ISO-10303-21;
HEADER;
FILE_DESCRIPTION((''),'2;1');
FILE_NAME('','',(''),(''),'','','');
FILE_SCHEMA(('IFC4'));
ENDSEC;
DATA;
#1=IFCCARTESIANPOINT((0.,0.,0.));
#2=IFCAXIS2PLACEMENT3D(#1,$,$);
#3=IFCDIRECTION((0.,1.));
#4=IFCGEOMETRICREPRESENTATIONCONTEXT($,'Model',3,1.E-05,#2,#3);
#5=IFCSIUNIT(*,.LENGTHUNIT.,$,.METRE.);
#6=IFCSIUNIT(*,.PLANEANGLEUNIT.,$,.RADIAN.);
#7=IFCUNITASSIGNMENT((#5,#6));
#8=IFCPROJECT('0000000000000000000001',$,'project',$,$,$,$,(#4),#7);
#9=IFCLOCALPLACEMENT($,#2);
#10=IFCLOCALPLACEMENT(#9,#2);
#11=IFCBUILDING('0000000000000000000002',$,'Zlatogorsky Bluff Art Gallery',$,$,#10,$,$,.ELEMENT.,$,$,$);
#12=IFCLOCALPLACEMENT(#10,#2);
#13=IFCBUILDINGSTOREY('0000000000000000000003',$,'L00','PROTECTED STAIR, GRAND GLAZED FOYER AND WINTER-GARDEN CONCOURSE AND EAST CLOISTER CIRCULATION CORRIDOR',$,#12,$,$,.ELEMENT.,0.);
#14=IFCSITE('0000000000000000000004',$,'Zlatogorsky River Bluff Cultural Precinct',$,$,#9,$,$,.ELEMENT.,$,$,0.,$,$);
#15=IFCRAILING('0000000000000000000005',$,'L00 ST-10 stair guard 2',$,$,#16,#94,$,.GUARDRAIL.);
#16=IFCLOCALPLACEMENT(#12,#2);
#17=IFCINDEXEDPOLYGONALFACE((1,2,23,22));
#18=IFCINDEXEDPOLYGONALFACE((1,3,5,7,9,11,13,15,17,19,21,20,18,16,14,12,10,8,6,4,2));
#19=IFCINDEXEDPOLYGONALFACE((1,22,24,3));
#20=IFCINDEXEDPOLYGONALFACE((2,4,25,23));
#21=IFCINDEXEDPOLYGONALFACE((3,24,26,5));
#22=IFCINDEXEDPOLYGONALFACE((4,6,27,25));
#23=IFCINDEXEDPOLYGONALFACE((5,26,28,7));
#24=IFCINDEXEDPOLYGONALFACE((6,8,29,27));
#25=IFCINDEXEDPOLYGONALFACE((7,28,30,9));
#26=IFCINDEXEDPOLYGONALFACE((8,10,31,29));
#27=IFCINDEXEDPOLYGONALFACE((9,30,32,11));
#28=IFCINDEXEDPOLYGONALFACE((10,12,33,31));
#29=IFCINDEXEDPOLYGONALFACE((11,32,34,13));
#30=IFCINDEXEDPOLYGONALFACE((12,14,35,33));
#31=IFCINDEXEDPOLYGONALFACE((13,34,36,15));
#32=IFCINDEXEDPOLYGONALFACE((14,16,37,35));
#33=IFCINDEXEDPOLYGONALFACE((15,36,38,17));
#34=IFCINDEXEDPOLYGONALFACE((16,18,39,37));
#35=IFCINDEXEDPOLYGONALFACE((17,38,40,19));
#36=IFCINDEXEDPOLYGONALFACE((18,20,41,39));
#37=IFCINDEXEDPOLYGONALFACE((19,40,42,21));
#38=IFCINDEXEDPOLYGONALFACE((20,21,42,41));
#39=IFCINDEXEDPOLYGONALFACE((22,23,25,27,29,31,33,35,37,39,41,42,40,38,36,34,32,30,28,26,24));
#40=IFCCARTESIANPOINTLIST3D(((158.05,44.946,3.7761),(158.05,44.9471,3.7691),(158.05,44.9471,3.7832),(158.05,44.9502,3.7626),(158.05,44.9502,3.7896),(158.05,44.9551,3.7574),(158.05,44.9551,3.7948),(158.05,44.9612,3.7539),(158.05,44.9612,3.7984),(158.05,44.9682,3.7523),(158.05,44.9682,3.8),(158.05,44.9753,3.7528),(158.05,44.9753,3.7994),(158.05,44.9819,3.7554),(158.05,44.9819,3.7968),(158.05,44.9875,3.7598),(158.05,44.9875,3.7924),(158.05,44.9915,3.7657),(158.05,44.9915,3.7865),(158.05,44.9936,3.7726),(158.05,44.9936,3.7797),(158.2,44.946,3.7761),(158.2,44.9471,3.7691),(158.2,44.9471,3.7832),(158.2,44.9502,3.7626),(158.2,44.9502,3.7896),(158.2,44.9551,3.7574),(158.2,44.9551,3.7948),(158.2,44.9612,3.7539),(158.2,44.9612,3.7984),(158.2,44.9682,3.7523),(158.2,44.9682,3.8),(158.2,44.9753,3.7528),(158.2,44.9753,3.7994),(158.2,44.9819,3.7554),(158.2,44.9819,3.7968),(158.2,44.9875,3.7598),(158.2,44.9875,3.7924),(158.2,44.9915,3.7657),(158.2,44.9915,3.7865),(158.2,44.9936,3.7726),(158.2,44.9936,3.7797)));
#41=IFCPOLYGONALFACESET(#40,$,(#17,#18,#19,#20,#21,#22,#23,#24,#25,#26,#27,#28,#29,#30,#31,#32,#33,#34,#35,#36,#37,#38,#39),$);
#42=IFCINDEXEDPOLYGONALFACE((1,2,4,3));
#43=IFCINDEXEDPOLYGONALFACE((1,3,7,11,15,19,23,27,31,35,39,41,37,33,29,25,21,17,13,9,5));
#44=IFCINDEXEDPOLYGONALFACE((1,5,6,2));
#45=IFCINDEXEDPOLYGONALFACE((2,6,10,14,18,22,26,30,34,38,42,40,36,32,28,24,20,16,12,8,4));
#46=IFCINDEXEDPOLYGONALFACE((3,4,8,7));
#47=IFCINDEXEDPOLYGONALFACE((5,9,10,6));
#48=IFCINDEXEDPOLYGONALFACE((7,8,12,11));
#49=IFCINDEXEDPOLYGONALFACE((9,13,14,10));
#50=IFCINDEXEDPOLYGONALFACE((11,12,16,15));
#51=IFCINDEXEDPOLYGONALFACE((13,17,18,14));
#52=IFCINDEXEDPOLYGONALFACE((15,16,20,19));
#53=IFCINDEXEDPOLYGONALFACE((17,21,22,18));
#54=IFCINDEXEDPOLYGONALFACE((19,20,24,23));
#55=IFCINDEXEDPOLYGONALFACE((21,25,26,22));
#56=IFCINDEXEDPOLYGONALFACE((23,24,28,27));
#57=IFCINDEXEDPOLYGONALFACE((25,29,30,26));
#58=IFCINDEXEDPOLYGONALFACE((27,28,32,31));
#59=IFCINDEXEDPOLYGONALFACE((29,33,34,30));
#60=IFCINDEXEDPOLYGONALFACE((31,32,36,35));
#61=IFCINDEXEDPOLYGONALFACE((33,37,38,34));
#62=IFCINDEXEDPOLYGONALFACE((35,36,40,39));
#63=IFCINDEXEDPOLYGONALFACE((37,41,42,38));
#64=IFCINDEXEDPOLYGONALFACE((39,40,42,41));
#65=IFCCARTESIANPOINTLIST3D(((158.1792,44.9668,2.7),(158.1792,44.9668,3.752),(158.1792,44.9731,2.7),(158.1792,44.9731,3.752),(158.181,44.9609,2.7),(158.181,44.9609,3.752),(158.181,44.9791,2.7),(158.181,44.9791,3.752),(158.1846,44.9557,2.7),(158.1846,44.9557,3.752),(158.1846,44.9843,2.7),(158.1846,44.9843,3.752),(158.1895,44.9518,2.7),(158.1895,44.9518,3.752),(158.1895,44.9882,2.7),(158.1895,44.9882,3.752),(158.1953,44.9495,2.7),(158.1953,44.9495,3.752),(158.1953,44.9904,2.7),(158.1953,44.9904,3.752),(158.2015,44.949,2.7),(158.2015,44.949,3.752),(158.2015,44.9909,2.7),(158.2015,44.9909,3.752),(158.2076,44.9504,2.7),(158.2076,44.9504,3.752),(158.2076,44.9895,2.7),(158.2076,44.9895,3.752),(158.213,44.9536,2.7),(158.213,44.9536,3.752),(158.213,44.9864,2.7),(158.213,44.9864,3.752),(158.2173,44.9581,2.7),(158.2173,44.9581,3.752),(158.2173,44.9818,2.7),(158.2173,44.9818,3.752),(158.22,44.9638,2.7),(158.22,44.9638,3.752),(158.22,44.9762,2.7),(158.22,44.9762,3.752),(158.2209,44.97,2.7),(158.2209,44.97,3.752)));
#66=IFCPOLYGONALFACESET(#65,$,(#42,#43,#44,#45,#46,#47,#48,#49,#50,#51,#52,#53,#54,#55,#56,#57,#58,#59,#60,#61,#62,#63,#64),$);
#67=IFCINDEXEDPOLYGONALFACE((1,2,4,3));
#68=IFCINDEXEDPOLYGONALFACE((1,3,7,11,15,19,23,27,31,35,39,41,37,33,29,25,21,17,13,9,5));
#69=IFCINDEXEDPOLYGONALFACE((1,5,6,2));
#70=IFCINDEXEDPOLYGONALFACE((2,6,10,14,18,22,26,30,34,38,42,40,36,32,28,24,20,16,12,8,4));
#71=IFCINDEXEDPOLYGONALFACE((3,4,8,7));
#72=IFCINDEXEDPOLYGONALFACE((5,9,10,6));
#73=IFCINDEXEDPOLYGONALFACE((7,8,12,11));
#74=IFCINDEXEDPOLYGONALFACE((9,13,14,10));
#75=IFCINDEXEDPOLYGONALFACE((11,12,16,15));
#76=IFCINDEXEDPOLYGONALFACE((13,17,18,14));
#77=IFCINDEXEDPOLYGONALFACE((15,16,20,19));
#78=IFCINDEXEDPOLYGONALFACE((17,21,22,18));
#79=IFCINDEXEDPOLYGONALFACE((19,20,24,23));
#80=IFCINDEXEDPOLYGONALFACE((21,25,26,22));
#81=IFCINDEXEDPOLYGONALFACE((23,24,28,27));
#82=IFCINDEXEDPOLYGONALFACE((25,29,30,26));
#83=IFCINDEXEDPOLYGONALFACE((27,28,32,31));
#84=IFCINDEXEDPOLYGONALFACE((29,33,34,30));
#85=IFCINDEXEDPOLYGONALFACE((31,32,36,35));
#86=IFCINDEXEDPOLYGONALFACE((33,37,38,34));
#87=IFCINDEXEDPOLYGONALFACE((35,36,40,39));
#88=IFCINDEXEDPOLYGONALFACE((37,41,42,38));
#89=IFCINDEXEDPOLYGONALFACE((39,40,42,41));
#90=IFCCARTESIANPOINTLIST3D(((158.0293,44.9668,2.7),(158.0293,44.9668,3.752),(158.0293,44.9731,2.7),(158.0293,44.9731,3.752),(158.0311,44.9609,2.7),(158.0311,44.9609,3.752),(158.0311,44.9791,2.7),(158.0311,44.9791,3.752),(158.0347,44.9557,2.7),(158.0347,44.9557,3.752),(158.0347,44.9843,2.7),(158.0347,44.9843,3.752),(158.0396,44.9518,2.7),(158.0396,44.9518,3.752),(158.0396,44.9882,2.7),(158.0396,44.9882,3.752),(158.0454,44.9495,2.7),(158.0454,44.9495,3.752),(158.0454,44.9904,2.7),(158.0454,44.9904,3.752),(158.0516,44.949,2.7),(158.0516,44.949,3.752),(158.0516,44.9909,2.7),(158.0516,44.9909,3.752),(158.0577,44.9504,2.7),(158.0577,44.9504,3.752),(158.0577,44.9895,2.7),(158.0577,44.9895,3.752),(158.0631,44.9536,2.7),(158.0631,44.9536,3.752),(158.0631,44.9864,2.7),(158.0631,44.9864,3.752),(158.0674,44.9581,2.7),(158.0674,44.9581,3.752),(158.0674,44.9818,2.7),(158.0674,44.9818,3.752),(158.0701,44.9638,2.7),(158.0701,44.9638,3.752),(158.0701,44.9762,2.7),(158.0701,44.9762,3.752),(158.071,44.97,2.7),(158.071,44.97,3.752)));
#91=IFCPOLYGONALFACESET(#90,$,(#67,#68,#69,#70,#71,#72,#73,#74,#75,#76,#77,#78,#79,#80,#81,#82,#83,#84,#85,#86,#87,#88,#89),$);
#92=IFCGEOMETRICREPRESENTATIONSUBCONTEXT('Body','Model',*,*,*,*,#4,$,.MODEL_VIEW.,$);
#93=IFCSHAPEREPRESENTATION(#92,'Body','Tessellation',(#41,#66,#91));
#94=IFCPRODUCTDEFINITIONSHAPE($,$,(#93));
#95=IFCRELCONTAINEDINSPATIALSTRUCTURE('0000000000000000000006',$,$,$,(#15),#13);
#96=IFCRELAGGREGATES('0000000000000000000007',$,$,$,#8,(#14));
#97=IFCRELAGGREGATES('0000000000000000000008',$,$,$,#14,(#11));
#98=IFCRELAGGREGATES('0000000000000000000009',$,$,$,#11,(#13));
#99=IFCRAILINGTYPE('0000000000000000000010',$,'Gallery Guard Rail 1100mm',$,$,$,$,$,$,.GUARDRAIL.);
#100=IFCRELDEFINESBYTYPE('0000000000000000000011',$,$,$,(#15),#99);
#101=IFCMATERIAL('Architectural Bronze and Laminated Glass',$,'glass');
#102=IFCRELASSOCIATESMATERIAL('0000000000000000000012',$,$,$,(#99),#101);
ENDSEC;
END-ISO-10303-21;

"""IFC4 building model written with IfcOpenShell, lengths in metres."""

from ifc_helpers import new_model, si_unit, direction, frame, origin, origin_2d, place, context, subcontext, project, spatial, circle, extrude, material, type_object, element, save


model = new_model("IFC4")

# Units and contexts
model_context = context("Model", 3, precision=1e-05, world=origin(), true_north=direction((0.0, 1.0)))
body_context = subcontext(model_context, "Body", "Model", "MODEL_VIEW")
ifc_project = project(units=[si_unit("LENGTHUNIT", "METRE"), si_unit("PLANEANGLEUNIT", "RADIAN")], contexts=[model_context])

# Site, building, storey
site_placement = place(None, origin())
site = spatial("IfcSite", under=ifc_project, at=site_placement, Name="Zlatogorsky River Bluff Cultural Precinct", CompositionType="ELEMENT", RefElevation=0.0)
building_placement = place(site_placement, origin())
building = spatial("IfcBuilding", under=site, at=building_placement, Name="Zlatogorsky Bluff Art Gallery", CompositionType="ELEMENT")
storey_placement = place(building_placement, origin())
storey = spatial("IfcBuildingStorey", under=building, at=storey_placement, Name="L00", Description="PROTECTED STAIR, GRAND GLAZED FOYER AND WINTER-GARDEN CONCOURSE AND EAST CLOISTER CIRCULATION CORRIDOR", CompositionType="ELEMENT", Elevation=0.0)

# Railing
ifc_material_1 = material(Name="Architectural Bronze and Laminated Glass", Category="glass")
railing_type_1 = type_object("IfcRailingType", Name="Gallery Guard Rail 1100mm", PredefinedType="GUARDRAIL", material=ifc_material_1)
railing_1_placement = place(storey_placement, frame((158.2, 44.97, 2.7)))
element("IfcRailing", 1, at=railing_1_placement, inside=storey, type_object=railing_type_1, Name="L00 ST-10 stair guard 2", PredefinedType="GUARDRAIL", context=body_context, shape_type="SweptSolid", body=[
    extrude(circle(Radius=0.0239, at=origin_2d()), frame((0.0, 0.0, 1.0762), z_axis=(-1.0, 0.0, 0.0), x_axis=(0.0, -1.0, 0.0)), (0.0, 0.0, 1.0), 0.1499),
    extrude(circle(Radius=0.021, at=origin_2d()), origin(), (0.0, 0.0, 1.0), 1.052),
    extrude(circle(Radius=0.021, at=origin_2d()), frame((-0.1499, 0.0, 0.0)), (0.0, 0.0, 1.0), 1.052),
])

save(model, "model.ifc")
